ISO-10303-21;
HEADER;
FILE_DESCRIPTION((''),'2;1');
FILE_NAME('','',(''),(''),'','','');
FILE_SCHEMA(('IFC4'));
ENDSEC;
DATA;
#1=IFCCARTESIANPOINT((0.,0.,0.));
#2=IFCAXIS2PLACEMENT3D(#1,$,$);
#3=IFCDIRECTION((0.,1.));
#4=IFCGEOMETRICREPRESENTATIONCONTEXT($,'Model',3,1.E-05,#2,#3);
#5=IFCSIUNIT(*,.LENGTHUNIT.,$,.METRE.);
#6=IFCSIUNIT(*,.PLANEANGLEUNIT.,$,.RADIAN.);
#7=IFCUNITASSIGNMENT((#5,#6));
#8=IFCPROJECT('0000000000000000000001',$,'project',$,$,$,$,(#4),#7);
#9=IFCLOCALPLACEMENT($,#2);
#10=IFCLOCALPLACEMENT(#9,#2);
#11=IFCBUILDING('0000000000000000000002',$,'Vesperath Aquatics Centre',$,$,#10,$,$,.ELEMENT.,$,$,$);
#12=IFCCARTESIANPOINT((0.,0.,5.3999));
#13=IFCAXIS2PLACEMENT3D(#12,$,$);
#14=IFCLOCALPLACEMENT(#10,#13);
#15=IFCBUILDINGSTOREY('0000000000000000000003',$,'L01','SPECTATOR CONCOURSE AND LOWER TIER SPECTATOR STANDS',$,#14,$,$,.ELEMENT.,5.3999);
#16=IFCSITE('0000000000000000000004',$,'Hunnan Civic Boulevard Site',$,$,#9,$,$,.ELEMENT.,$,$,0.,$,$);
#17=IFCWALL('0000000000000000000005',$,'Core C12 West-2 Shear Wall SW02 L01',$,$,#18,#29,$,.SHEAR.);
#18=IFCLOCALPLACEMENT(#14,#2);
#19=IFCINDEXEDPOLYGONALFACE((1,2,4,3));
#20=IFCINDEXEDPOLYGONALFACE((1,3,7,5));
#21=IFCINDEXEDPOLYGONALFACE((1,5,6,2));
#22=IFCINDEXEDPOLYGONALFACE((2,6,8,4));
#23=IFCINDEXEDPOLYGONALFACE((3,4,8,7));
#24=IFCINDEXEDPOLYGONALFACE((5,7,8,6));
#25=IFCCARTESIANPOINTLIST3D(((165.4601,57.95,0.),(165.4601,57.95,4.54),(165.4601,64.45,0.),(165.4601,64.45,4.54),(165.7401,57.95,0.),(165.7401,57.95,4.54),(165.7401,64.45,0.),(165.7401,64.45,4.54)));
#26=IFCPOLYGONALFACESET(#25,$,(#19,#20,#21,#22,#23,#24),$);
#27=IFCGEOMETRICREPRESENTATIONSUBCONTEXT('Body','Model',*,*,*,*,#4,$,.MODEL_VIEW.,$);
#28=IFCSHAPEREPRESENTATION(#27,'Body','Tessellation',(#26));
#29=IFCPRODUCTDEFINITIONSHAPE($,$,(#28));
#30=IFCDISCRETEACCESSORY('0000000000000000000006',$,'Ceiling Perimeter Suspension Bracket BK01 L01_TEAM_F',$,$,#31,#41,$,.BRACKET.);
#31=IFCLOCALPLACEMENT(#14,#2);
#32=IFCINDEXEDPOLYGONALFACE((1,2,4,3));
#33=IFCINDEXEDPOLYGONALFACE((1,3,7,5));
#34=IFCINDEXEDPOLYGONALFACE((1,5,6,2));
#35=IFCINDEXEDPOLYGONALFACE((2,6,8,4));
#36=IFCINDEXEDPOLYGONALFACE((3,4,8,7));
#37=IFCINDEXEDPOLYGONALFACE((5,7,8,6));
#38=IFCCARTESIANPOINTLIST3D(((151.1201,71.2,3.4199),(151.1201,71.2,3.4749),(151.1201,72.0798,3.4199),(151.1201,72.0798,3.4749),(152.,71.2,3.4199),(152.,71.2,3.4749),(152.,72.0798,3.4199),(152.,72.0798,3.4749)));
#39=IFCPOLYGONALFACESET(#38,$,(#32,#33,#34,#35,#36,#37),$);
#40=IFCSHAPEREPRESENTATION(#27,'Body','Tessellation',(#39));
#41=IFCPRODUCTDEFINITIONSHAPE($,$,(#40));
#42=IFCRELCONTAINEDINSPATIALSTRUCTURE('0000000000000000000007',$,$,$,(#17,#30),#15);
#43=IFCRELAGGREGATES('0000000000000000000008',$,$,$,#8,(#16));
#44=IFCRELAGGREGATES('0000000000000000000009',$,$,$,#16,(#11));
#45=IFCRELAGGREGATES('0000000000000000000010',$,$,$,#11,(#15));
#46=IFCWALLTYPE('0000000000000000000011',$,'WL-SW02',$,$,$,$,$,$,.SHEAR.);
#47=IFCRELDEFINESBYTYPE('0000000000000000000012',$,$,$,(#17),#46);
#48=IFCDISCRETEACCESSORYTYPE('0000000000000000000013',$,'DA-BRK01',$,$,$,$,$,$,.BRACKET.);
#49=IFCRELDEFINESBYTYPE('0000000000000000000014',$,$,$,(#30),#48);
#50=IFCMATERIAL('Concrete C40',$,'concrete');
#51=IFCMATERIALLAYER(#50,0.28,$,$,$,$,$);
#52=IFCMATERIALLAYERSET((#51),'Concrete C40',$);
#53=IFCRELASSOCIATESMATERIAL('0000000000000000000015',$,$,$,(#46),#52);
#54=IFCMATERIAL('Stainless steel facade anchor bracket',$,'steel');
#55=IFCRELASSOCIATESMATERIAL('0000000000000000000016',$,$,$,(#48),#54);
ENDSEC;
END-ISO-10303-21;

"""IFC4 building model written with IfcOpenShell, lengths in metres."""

from ifc_helpers import new_model, si_unit, direction, frame, frame_2d, origin, origin_2d, place, context, subcontext, project, spatial, rectangle, extrude, material, layer, layer_set, type_object, element, save


model = new_model("IFC4")

# Units and contexts
model_context = context("Model", 3, precision=1e-05, world=origin(), true_north=direction((0.0, 1.0)))
body_context = subcontext(model_context, "Body", "Model", "MODEL_VIEW")
ifc_project = project(units=[si_unit("LENGTHUNIT", "METRE"), si_unit("PLANEANGLEUNIT", "RADIAN")], contexts=[model_context])

# Site, building, storey
site_placement = place(None, origin())
site = spatial("IfcSite", under=ifc_project, at=site_placement, Name="Hunnan Civic Boulevard Site", CompositionType="ELEMENT", RefElevation=0.0)
building_placement = place(site_placement, origin())
building = spatial("IfcBuilding", under=site, at=building_placement, Name="Vesperath Aquatics Centre", CompositionType="ELEMENT")
storey_placement = place(building_placement, frame((0.0, 0.0, 5.3999)))
storey = spatial("IfcBuildingStorey", under=building, at=storey_placement, Name="L01", Description="SPECTATOR CONCOURSE AND LOWER TIER SPECTATOR STANDS", CompositionType="ELEMENT", Elevation=5.3999)

# Shared definitions
ifc_material_1 = material(Name="Concrete C40", Category="concrete")

# Wall
ifc_layer_1 = layer(ifc_material_1, 0.28)
ifc_layer_set_1 = layer_set([ifc_layer_1], Name="Concrete C40")
wall_type_1 = type_object("IfcWallType", Name="WL-SW02", PredefinedType="SHEAR", material=ifc_layer_set_1)
wall_1_placement = place(storey_placement, frame((165.6001, 57.95, 0.0), z_axis=(0.0, 0.0, 1.0), x_axis=(0.0, 1.0, 0.0)))
element("IfcWall", 1, at=wall_1_placement, inside=storey, type_object=wall_type_1, Name="Core C12 West-2 Shear Wall SW02 L01", PredefinedType="SHEAR", context=body_context, shape_type="SweptSolid", body=[
    extrude(rectangle(XDim=6.5, YDim=0.28, at=frame_2d((3.25, 0.0))), origin(), (0.0, 0.0, 1.0), 4.54),
])

# Discrete accessory
ifc_material_2 = material(Name="Stainless steel facade anchor bracket", Category="steel")
discrete_accessory_type = type_object("IfcDiscreteAccessoryType", Name="DA-BRK01", PredefinedType="BRACKET", material=ifc_material_2)
discrete_accessory_placement = place(storey_placement, frame((151.5601, 71.6399, 3.4199), z_axis=(0.0, 0.0, 1.0), x_axis=(1.0, 0.0, 0.0)))
element("IfcDiscreteAccessory", 2, at=discrete_accessory_placement, inside=storey, type_object=discrete_accessory_type, Name="Ceiling Perimeter Suspension Bracket BK01 L01_TEAM_F", PredefinedType="BRACKET", context=body_context, shape_type="SweptSolid", body=[
    extrude(rectangle(XDim=0.8799, YDim=0.8799, at=origin_2d()), origin(), (0.0, 0.0, 1.0), 0.0549),
])

save(model, "model.ifc")
